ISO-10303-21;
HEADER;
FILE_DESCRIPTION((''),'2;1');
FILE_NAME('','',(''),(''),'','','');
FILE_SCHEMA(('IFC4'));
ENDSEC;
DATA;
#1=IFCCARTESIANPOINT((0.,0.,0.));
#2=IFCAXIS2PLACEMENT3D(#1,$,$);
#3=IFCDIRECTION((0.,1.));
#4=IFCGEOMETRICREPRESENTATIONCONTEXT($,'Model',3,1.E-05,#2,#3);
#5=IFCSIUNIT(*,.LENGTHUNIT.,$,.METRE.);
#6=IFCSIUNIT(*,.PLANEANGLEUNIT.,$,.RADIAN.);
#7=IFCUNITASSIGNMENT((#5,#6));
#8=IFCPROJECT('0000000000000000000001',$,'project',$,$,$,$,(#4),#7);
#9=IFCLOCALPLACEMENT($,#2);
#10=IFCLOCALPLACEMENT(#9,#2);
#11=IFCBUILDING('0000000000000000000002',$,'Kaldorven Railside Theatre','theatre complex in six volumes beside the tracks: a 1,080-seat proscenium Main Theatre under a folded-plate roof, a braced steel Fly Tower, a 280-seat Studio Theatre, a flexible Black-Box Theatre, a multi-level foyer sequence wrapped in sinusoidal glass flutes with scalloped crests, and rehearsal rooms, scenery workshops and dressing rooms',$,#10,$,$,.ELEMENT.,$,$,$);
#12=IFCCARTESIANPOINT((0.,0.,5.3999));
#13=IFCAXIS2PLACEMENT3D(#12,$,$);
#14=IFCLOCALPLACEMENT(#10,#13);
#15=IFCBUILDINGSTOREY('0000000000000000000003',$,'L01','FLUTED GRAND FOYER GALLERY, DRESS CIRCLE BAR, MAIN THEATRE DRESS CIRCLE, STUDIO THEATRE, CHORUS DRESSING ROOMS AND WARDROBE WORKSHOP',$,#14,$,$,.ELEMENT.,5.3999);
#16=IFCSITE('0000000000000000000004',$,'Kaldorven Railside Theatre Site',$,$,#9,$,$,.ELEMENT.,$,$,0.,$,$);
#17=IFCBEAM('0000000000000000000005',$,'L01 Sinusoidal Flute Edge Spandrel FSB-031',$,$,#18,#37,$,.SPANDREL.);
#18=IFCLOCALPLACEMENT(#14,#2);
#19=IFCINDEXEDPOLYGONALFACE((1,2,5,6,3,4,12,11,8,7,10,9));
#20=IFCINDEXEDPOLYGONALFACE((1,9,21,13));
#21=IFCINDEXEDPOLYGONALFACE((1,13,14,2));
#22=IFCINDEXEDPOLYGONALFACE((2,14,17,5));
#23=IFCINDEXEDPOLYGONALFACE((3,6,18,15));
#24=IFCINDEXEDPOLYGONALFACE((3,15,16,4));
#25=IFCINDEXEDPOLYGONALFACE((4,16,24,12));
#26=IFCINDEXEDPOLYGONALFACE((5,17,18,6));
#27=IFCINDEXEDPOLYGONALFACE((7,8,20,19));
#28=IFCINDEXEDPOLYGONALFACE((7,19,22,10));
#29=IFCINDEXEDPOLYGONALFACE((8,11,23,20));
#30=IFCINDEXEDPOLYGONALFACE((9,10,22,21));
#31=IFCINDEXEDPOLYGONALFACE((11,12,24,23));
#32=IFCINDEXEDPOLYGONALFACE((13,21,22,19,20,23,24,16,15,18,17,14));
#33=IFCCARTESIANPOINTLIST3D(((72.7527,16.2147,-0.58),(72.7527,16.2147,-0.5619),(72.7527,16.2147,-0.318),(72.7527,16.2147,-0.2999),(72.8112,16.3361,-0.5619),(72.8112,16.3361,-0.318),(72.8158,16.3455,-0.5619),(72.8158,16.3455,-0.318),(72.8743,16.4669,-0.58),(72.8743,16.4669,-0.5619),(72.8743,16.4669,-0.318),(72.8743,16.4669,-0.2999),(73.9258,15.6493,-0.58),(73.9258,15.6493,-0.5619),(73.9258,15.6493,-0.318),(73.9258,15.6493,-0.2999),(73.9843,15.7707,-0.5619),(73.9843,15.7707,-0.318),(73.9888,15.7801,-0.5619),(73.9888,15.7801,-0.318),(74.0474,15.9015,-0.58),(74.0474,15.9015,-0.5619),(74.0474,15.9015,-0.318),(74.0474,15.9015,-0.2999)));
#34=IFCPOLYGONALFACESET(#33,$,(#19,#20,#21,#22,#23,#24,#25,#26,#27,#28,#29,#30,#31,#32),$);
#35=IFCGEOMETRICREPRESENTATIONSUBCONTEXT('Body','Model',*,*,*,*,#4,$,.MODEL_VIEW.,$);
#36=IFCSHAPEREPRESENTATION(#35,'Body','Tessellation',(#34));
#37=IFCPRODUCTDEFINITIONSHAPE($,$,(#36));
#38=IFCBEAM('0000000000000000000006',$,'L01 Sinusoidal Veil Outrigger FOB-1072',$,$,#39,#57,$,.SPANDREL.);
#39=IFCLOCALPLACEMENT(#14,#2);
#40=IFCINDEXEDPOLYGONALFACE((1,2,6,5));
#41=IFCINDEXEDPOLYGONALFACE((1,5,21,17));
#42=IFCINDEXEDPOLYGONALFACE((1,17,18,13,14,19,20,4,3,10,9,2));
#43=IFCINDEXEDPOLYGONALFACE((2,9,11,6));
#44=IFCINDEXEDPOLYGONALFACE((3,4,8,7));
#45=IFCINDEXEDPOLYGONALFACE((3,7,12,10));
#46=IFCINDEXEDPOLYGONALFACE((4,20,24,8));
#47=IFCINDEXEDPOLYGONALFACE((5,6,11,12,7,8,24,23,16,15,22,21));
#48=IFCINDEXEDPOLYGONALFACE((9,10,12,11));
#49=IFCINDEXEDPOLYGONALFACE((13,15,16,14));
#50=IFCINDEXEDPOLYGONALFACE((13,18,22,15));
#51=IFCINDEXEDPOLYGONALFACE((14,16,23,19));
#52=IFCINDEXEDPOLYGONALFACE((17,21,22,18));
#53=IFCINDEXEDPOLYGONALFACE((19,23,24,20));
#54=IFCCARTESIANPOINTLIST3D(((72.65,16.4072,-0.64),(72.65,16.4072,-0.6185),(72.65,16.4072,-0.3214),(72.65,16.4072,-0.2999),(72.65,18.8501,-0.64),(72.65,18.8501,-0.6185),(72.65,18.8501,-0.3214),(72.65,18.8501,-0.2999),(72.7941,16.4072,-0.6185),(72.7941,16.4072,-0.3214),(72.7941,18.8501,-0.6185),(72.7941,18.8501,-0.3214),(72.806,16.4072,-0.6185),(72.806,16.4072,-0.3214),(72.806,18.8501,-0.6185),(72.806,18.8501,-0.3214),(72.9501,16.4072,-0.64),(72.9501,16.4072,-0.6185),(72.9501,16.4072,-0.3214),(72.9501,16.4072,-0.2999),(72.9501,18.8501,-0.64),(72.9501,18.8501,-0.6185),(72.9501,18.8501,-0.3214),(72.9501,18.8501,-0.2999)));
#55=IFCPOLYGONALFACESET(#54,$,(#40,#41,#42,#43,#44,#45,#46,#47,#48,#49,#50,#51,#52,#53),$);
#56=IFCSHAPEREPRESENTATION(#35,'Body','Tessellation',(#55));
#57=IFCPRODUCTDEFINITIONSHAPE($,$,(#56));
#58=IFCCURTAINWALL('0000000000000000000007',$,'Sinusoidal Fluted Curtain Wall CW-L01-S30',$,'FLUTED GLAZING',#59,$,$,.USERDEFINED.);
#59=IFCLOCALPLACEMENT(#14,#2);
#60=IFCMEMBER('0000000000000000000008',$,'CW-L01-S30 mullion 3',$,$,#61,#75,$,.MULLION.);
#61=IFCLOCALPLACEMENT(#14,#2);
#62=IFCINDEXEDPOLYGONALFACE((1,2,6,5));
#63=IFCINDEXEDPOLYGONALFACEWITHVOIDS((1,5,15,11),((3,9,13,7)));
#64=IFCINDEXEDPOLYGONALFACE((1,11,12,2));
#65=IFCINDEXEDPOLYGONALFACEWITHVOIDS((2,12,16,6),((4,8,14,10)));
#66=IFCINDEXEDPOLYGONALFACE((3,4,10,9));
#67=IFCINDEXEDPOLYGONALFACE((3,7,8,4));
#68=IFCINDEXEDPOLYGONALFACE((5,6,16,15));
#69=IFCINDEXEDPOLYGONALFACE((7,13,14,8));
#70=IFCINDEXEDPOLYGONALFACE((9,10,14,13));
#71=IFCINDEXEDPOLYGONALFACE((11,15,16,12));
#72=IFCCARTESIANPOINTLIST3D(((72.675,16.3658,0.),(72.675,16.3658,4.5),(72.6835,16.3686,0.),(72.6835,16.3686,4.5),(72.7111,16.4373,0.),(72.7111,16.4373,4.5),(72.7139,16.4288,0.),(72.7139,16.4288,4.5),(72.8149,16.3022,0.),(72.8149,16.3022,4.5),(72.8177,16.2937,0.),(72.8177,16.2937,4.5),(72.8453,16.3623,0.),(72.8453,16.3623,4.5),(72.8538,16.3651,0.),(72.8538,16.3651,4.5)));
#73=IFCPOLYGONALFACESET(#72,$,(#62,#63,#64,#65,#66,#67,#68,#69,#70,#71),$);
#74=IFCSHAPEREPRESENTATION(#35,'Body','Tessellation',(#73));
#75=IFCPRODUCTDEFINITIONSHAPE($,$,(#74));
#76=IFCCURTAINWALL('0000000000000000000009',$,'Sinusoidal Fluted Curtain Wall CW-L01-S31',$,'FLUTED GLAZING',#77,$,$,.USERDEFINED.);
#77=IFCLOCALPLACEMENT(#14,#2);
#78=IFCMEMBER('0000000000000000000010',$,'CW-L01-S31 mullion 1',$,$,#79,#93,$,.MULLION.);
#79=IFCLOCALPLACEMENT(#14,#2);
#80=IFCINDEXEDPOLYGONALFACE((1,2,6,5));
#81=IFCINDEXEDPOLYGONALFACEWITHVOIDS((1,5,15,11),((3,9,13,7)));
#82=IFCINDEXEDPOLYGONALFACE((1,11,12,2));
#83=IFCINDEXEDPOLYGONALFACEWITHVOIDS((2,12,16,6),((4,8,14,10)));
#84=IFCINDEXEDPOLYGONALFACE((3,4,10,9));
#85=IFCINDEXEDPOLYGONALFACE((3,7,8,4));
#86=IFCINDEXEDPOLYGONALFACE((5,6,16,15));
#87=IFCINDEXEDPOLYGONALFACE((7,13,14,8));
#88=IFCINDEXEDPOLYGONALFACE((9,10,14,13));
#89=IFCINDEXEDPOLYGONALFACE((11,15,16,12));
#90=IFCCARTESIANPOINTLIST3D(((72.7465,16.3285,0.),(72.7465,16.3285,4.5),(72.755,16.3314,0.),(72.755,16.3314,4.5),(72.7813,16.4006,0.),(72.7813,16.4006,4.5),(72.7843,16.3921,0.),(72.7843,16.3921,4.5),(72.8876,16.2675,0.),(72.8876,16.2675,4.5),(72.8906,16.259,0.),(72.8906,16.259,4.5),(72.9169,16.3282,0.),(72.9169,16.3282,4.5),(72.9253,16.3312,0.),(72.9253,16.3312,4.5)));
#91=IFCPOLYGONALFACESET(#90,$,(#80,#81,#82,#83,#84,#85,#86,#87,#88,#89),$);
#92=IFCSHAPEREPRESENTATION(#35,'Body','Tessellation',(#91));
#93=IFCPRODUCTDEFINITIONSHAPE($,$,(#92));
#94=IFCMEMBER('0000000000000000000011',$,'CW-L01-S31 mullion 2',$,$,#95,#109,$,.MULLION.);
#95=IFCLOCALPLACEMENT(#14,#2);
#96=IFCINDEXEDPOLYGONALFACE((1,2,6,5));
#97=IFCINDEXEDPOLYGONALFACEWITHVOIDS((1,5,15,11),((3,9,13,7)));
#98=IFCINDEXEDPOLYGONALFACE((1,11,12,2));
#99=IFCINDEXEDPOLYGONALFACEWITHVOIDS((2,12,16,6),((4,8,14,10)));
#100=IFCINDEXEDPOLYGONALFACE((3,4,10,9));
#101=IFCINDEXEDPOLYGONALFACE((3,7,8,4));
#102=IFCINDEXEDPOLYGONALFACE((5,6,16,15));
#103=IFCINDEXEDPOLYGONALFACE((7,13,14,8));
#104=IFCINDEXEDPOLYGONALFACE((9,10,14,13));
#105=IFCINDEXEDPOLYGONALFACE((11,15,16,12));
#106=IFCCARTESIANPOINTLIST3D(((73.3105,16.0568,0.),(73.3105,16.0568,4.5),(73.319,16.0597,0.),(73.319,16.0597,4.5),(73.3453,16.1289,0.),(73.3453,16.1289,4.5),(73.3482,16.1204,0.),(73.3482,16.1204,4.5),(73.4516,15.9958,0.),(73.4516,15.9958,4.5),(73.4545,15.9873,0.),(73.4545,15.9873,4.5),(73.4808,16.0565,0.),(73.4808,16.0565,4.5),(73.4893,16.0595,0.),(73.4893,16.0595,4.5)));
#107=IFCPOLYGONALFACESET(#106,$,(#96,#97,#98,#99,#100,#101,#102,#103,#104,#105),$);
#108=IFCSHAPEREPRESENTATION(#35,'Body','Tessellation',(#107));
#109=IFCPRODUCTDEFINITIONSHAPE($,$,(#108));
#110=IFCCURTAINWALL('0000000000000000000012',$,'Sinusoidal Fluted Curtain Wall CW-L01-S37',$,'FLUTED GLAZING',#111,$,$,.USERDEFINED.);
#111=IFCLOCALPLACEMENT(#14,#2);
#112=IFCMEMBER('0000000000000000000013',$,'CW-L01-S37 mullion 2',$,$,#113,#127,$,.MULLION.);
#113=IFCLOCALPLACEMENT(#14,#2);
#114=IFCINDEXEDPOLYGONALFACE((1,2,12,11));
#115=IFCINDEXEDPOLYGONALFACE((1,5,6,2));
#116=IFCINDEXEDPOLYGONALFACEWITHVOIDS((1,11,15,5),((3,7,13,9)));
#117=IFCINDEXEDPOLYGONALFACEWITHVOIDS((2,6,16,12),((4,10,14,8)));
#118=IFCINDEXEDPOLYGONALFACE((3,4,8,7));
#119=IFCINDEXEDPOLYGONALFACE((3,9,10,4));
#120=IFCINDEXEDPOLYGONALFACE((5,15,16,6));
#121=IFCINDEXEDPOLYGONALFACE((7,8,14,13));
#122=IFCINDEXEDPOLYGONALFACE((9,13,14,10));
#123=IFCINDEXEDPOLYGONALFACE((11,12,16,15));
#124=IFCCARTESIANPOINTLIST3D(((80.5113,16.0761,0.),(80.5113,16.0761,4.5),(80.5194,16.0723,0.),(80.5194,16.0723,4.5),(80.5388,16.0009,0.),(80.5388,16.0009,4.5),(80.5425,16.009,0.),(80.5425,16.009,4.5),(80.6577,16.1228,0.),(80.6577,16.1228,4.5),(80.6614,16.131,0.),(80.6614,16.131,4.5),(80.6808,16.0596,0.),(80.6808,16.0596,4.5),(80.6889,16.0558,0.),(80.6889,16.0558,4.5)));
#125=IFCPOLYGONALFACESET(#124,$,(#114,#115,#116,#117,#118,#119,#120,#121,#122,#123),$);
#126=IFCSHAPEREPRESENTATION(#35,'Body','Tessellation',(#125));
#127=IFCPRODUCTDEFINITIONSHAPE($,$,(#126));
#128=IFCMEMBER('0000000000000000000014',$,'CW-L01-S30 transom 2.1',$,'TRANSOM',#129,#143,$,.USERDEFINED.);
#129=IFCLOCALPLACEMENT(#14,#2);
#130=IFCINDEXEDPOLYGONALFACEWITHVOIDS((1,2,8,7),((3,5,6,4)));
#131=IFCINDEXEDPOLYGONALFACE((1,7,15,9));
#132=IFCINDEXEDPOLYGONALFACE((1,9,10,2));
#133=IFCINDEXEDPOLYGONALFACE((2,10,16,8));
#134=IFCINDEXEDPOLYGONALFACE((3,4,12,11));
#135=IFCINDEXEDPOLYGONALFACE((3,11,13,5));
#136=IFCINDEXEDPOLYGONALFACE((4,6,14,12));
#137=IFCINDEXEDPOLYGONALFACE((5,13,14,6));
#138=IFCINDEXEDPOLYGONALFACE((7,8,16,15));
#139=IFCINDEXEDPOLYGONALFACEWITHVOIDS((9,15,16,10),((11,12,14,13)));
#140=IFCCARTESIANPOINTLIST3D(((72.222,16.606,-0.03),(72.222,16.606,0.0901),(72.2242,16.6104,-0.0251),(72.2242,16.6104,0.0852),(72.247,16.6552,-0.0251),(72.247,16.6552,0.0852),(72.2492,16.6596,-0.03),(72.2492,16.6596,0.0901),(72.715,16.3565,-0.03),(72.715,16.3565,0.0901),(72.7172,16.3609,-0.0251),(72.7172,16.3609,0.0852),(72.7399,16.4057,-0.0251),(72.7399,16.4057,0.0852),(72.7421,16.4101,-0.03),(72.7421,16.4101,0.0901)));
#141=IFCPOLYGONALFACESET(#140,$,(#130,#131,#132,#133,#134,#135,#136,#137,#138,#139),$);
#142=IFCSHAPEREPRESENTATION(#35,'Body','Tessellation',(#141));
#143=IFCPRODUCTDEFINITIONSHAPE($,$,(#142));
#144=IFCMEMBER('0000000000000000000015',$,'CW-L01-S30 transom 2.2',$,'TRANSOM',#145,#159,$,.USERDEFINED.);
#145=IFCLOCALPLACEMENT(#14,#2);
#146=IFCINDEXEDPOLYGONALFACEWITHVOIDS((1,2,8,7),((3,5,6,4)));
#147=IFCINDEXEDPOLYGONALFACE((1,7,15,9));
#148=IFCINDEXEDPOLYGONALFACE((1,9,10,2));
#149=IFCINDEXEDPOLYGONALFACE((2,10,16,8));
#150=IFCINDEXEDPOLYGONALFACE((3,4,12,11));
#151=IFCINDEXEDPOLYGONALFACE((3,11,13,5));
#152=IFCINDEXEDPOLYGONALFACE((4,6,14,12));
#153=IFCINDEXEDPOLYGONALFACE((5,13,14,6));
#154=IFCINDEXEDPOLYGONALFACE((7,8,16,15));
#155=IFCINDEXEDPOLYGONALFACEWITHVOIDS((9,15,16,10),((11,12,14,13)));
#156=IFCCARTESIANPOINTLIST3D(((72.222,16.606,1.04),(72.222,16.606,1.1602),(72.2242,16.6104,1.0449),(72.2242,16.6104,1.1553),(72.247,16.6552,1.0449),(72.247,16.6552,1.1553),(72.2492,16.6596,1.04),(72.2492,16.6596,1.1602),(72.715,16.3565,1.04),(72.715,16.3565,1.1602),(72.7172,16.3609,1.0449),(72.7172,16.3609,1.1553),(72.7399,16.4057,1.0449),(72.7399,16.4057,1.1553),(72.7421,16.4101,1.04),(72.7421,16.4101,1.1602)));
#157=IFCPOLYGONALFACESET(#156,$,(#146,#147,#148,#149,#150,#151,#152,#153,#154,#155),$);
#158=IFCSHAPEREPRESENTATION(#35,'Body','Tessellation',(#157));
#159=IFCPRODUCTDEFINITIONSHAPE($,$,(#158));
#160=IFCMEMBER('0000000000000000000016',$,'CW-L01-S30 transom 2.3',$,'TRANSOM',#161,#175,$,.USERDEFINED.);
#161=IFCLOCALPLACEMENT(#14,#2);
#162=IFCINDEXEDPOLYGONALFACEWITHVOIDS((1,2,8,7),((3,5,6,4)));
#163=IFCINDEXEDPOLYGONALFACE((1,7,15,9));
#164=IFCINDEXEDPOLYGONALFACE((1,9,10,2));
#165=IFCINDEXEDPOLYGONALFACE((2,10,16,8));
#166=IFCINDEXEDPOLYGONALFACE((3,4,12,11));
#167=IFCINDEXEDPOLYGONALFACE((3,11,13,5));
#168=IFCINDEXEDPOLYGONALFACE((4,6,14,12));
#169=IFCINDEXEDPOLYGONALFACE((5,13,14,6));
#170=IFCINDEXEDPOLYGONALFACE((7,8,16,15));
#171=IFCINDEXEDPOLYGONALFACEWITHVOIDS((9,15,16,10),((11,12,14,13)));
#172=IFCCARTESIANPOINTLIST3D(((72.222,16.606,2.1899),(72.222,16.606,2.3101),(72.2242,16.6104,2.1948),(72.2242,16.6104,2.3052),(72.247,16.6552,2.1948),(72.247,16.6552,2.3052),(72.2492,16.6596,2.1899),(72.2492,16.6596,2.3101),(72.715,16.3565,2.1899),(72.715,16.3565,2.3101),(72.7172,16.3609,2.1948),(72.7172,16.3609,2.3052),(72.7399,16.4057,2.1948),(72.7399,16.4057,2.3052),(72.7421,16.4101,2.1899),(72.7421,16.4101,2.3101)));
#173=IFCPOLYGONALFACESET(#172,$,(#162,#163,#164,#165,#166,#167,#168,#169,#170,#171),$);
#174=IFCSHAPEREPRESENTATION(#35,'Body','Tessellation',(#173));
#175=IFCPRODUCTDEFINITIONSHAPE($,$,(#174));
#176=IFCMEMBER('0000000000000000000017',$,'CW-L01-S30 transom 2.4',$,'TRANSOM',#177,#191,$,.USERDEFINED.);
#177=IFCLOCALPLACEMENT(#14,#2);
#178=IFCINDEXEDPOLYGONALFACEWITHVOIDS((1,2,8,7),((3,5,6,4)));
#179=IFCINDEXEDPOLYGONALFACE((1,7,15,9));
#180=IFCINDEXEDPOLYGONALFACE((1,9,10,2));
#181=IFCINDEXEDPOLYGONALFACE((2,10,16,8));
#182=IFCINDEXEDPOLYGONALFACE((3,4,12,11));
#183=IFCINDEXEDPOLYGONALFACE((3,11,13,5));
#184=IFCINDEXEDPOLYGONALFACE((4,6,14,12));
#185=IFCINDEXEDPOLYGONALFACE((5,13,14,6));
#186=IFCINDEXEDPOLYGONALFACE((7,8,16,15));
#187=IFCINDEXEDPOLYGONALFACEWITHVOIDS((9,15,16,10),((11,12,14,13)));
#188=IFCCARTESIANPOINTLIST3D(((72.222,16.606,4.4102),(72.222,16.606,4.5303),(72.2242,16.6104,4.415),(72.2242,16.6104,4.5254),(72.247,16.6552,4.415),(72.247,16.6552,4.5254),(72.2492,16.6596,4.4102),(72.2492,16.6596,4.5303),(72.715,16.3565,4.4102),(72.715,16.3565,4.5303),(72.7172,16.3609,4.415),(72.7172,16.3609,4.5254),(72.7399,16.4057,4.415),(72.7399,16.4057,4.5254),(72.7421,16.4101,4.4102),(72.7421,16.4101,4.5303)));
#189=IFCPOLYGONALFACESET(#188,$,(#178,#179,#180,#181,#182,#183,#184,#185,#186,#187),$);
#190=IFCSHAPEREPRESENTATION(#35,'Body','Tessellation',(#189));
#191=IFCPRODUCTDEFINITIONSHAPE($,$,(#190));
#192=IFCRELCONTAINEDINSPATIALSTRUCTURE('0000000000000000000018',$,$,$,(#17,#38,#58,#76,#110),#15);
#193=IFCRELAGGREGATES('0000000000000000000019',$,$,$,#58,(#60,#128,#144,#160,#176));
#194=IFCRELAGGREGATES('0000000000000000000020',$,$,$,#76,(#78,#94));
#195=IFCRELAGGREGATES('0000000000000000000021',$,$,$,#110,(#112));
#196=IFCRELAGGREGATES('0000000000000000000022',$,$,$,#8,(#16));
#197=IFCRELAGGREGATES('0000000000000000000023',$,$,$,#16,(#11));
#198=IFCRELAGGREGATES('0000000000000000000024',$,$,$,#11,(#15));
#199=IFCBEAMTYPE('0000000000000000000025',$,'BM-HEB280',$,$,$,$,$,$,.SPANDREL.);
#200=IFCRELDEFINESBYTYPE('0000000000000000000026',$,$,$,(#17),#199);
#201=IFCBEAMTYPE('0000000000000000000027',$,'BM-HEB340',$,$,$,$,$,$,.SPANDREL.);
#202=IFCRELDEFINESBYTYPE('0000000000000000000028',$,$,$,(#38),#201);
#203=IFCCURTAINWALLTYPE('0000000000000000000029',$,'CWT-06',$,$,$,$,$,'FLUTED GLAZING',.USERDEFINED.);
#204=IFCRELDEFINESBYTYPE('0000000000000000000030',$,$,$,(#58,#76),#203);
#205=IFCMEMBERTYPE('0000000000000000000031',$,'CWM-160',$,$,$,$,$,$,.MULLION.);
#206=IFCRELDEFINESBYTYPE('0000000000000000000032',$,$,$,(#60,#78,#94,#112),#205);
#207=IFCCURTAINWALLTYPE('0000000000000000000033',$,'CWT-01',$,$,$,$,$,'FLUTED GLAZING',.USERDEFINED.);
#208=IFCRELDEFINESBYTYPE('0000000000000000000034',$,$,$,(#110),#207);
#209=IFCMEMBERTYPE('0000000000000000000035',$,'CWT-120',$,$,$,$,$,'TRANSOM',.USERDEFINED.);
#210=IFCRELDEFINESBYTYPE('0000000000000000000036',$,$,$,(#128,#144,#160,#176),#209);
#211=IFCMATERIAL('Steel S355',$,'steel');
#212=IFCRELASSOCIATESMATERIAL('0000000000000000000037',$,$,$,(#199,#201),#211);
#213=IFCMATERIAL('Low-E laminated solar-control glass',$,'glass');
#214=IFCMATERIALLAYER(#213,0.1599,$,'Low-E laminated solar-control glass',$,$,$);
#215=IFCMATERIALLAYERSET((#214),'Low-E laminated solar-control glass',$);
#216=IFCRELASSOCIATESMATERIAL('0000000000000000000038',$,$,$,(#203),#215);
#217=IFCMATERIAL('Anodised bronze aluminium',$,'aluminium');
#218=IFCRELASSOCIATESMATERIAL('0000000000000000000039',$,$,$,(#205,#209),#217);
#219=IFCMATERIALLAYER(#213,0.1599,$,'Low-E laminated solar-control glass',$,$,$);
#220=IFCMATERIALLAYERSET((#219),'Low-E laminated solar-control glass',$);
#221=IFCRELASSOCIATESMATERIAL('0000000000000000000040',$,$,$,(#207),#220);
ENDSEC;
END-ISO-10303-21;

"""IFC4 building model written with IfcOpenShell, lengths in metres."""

from ifc_helpers import new_model, si_unit, direction, frame, origin, origin_2d, place, context, subcontext, project, spatial, hollow_rectangle, i_section, extrude, material, layer, layer_set, material_profile, profile_set, type_object, element, aggregate, save


model = new_model("IFC4")

# Units and contexts
model_context = context("Model", 3, precision=1e-05, world=origin(), true_north=direction((0.0, 1.0)))
body_context = subcontext(model_context, "Body", "Model", "MODEL_VIEW")
ifc_project = project(units=[si_unit("LENGTHUNIT", "METRE"), si_unit("PLANEANGLEUNIT", "RADIAN")], contexts=[model_context])

# Site, building, storey
site_placement = place(None, origin())
site = spatial("IfcSite", under=ifc_project, at=site_placement, Name="Kaldorven Railside Theatre Site", CompositionType="ELEMENT", RefElevation=0.0)
building_placement = place(site_placement, origin())
building = spatial("IfcBuilding", under=site, at=building_placement, Name="Kaldorven Railside Theatre", Description="theatre complex in six volumes beside the tracks: a 1,080-seat proscenium Main Theatre under a folded-plate roof, a braced steel Fly Tower, a 280-seat Studio Theatre, a flexible Black-Box Theatre, a multi-level foyer sequence wrapped in sinusoidal glass flutes with scalloped crests, and rehearsal rooms, scenery workshops and dressing rooms", CompositionType="ELEMENT")
storey_placement = place(building_placement, frame((0.0, 0.0, 5.3999)))
storey = spatial("IfcBuildingStorey", under=building, at=storey_placement, Name="L01", Description="FLUTED GRAND FOYER GALLERY, DRESS CIRCLE BAR, MAIN THEATRE DRESS CIRCLE, STUDIO THEATRE, CHORUS DRESSING ROOMS AND WARDROBE WORKSHOP", CompositionType="ELEMENT", Elevation=5.3999)

# Beams
ifc_material_1 = material(Name="Steel S355", Category="steel")
ifc_material_profile_1 = material_profile(ifc_material_1, i_section(OverallWidth=0.28, OverallDepth=0.28, WebThickness=0.0105, FlangeThickness=0.0181, at=origin_2d()), Name="HEB 280")
ifc_profile_set_1 = profile_set([ifc_material_profile_1], Name="Steel S355")
beam_type_1 = type_object("IfcBeamType", Name="BM-HEB280", PredefinedType="SPANDREL", material=ifc_profile_set_1)
beam_1_placement = place(storey_placement, frame((72.8135, 16.3408, -0.4399), z_axis=(0.90082, -0.434193, 0.0), x_axis=(0.434193, 0.90082, 0.0)))
element("IfcBeam", 1, at=beam_1_placement, inside=storey, type_object=beam_type_1, Name="L01 Sinusoidal Flute Edge Spandrel FSB-031", PredefinedType="SPANDREL", context=body_context, shape_type="SweptSolid", body=[
    extrude(i_section(OverallWidth=0.28, OverallDepth=0.28, WebThickness=0.0105, FlangeThickness=0.0181, at=origin_2d()), origin(), (0.0, 0.0, 1.0), 1.3022),
])
ifc_material_profile_2 = material_profile(ifc_material_1, i_section(OverallWidth=0.3, OverallDepth=0.3401, WebThickness=0.012, FlangeThickness=0.0215, at=origin_2d()), Name="HEB 340")
ifc_profile_set_2 = profile_set([ifc_material_profile_2], Name="Steel S355")
beam_type_2 = type_object("IfcBeamType", Name="BM-HEB340", PredefinedType="SPANDREL", material=ifc_profile_set_2)
beam_2_placement = place(storey_placement, frame((72.8, 16.4072, -0.47), z_axis=(0.0, 1.0, 0.0), x_axis=(-1.0, 0.0, 0.0)))
element("IfcBeam", 2, at=beam_2_placement, inside=storey, type_object=beam_type_2, Name="L01 Sinusoidal Veil Outrigger FOB-1072", PredefinedType="SPANDREL", context=body_context, shape_type="SweptSolid", body=[
    extrude(i_section(OverallWidth=0.3, OverallDepth=0.3401, WebThickness=0.012, FlangeThickness=0.0215, at=origin_2d()), origin(), (0.0, 0.0, 1.0), 2.4429),
])

# Curtain wall, member
ifc_material_2 = material(Name="Low-E laminated solar-control glass", Category="glass")
ifc_layer_1 = layer(ifc_material_2, 0.1599, Name="Low-E laminated solar-control glass")
ifc_layer_set_1 = layer_set([ifc_layer_1], Name="Low-E laminated solar-control glass")
curtain_wall_type_1 = type_object("IfcCurtainWallType", Name="CWT-06", ElementType="FLUTED GLAZING", PredefinedType="USERDEFINED", material=ifc_layer_set_1)
curtain_wall_1_placement = place(storey_placement, origin())
curtain_wall_1 = element("IfcCurtainWall", 3, at=curtain_wall_1_placement, inside=storey, type_object=curtain_wall_type_1, Name="Sinusoidal Fluted Curtain Wall CW-L01-S30", ObjectType="FLUTED GLAZING", PredefinedType="USERDEFINED")
ifc_material_3 = material(Name="Anodised bronze aluminium", Category="aluminium")
ifc_material_profile_3 = material_profile(ifc_material_3, hollow_rectangle(XDim=0.0801, YDim=0.1599, WallThickness=0.0063, at=origin_2d()), Name="RHS 160x80x6.3")
ifc_profile_set_3 = profile_set([ifc_material_profile_3], Name="Anodised bronze aluminium")
member_type_1 = type_object("IfcMemberType", Name="CWM-160", PredefinedType="MULLION", material=ifc_profile_set_3)
member_1_placement = place(storey_placement, frame((72.7644, 16.3655, 0.0), z_axis=(0.0, 0.0, 1.0), x_axis=(0.451432, 0.892305, 0.0)))
member_1 = element("IfcMember", 4, at=member_1_placement, type_object=member_type_1, Name="CW-L01-S30 mullion 3", PredefinedType="MULLION", context=body_context, shape_type="SweptSolid", body=[
    extrude(hollow_rectangle(XDim=0.0801, YDim=0.1599, WallThickness=0.0063, at=origin_2d()), origin(), (0.0, 0.0, 1.0), 4.5),
])

# Curtain wall, members
curtain_wall_2_placement = place(storey_placement, origin())
curtain_wall_2 = element("IfcCurtainWall", 5, at=curtain_wall_2_placement, inside=storey, type_object=curtain_wall_type_1, Name="Sinusoidal Fluted Curtain Wall CW-L01-S31", ObjectType="FLUTED GLAZING", PredefinedType="USERDEFINED")
member_2_placement = place(storey_placement, frame((72.8359, 16.3298, 0.0), z_axis=(0.0, 0.0, 1.0), x_axis=(0.434256, 0.90079, 0.0)))
member_2 = element("IfcMember", 6, at=member_2_placement, type_object=member_type_1, Name="CW-L01-S31 mullion 1", PredefinedType="MULLION", context=body_context, shape_type="SweptSolid", body=[
    extrude(hollow_rectangle(XDim=0.0801, YDim=0.1599, WallThickness=0.0063, at=origin_2d()), origin(), (0.0, 0.0, 1.0), 4.5),
])
member_3_placement = place(storey_placement, frame((73.3999, 16.0581, 0.0), z_axis=(0.0, 0.0, 1.0), x_axis=(0.434256, 0.90079, 0.0)))
member_3 = element("IfcMember", 7, at=member_3_placement, type_object=member_type_1, Name="CW-L01-S31 mullion 2", PredefinedType="MULLION", context=body_context, shape_type="SweptSolid", body=[
    extrude(hollow_rectangle(XDim=0.0801, YDim=0.1599, WallThickness=0.0063, at=origin_2d()), origin(), (0.0, 0.0, 1.0), 4.5),
])

# Curtain wall, member
ifc_layer_2 = layer(ifc_material_2, 0.1599, Name="Low-E laminated solar-control glass")
ifc_layer_set_2 = layer_set([ifc_layer_2], Name="Low-E laminated solar-control glass")
curtain_wall_type_2 = type_object("IfcCurtainWallType", Name="CWT-01", ElementType="FLUTED GLAZING", PredefinedType="USERDEFINED", material=ifc_layer_set_2)
curtain_wall_3_placement = place(storey_placement, origin())
curtain_wall_3 = element("IfcCurtainWall", 8, at=curtain_wall_3_placement, inside=storey, type_object=curtain_wall_type_2, Name="Sinusoidal Fluted Curtain Wall CW-L01-S37", ObjectType="FLUTED GLAZING", PredefinedType="USERDEFINED")
member_4_placement = place(storey_placement, frame((80.6001, 16.0659, 0.0), z_axis=(0.0, 0.0, 1.0), x_axis=(-0.343496, 0.939154, 0.0)))
member_4 = element("IfcMember", 9, at=member_4_placement, type_object=member_type_1, Name="CW-L01-S37 mullion 2", PredefinedType="MULLION", context=body_context, shape_type="SweptSolid", body=[
    extrude(hollow_rectangle(XDim=0.0801, YDim=0.1599, WallThickness=0.0063, at=origin_2d()), origin(), (0.0, 0.0, 1.0), 4.5),
])

# Members
ifc_material_profile_4 = material_profile(ifc_material_3, hollow_rectangle(XDim=0.0601, YDim=0.1201, WallThickness=0.0049, at=origin_2d()), Name="RHS 120x60x5")
ifc_profile_set_4 = profile_set([ifc_material_profile_4], Name="Anodised bronze aluminium")
member_type_2 = type_object("IfcMemberType", Name="CWT-120", ElementType="TRANSOM", PredefinedType="USERDEFINED", material=ifc_profile_set_4)
member_5_placement = place(storey_placement, frame((72.2356, 16.6328, 0.03), z_axis=(0.892207, -0.451627, 0.0), x_axis=(0.451627, 0.892207, 0.0)))
member_5 = element("IfcMember", 10, at=member_5_placement, type_object=member_type_2, Name="CW-L01-S30 transom 2.1", ObjectType="TRANSOM", PredefinedType="USERDEFINED", context=body_context, shape_type="SweptSolid", body=[
    extrude(hollow_rectangle(XDim=0.0601, YDim=0.1201, WallThickness=0.0049, at=origin_2d()), origin(), (0.0, 0.0, 1.0), 0.5525),
])
member_6_placement = place(storey_placement, frame((72.2356, 16.6328, 1.1001), z_axis=(0.892207, -0.451627, 0.0), x_axis=(0.451627, 0.892207, 0.0)))
member_6 = element("IfcMember", 11, at=member_6_placement, type_object=member_type_2, Name="CW-L01-S30 transom 2.2", ObjectType="TRANSOM", PredefinedType="USERDEFINED", context=body_context, shape_type="SweptSolid", body=[
    extrude(hollow_rectangle(XDim=0.0601, YDim=0.1201, WallThickness=0.0049, at=origin_2d()), origin(), (0.0, 0.0, 1.0), 0.5525),
])
member_7_placement = place(storey_placement, frame((72.2356, 16.6328, 2.25), z_axis=(0.892207, -0.451627, 0.0), x_axis=(0.451627, 0.892207, 0.0)))
member_7 = element("IfcMember", 12, at=member_7_placement, type_object=member_type_2, Name="CW-L01-S30 transom 2.3", ObjectType="TRANSOM", PredefinedType="USERDEFINED", context=body_context, shape_type="SweptSolid", body=[
    extrude(hollow_rectangle(XDim=0.0601, YDim=0.1201, WallThickness=0.0049, at=origin_2d()), origin(), (0.0, 0.0, 1.0), 0.5525),
])
member_8_placement = place(storey_placement, frame((72.2356, 16.6328, 4.4702), z_axis=(0.892207, -0.451627, 0.0), x_axis=(0.451627, 0.892207, 0.0)))
member_8 = element("IfcMember", 13, at=member_8_placement, type_object=member_type_2, Name="CW-L01-S30 transom 2.4", ObjectType="TRANSOM", PredefinedType="USERDEFINED", context=body_context, shape_type="SweptSolid", body=[
    extrude(hollow_rectangle(XDim=0.0601, YDim=0.1201, WallThickness=0.0049, at=origin_2d()), origin(), (0.0, 0.0, 1.0), 0.5525),
])

aggregate(curtain_wall_1, [member_1, member_5, member_6, member_7, member_8])
aggregate(curtain_wall_2, [member_2, member_3])
aggregate(curtain_wall_3, [member_4])

save(model, "model.ifc")
